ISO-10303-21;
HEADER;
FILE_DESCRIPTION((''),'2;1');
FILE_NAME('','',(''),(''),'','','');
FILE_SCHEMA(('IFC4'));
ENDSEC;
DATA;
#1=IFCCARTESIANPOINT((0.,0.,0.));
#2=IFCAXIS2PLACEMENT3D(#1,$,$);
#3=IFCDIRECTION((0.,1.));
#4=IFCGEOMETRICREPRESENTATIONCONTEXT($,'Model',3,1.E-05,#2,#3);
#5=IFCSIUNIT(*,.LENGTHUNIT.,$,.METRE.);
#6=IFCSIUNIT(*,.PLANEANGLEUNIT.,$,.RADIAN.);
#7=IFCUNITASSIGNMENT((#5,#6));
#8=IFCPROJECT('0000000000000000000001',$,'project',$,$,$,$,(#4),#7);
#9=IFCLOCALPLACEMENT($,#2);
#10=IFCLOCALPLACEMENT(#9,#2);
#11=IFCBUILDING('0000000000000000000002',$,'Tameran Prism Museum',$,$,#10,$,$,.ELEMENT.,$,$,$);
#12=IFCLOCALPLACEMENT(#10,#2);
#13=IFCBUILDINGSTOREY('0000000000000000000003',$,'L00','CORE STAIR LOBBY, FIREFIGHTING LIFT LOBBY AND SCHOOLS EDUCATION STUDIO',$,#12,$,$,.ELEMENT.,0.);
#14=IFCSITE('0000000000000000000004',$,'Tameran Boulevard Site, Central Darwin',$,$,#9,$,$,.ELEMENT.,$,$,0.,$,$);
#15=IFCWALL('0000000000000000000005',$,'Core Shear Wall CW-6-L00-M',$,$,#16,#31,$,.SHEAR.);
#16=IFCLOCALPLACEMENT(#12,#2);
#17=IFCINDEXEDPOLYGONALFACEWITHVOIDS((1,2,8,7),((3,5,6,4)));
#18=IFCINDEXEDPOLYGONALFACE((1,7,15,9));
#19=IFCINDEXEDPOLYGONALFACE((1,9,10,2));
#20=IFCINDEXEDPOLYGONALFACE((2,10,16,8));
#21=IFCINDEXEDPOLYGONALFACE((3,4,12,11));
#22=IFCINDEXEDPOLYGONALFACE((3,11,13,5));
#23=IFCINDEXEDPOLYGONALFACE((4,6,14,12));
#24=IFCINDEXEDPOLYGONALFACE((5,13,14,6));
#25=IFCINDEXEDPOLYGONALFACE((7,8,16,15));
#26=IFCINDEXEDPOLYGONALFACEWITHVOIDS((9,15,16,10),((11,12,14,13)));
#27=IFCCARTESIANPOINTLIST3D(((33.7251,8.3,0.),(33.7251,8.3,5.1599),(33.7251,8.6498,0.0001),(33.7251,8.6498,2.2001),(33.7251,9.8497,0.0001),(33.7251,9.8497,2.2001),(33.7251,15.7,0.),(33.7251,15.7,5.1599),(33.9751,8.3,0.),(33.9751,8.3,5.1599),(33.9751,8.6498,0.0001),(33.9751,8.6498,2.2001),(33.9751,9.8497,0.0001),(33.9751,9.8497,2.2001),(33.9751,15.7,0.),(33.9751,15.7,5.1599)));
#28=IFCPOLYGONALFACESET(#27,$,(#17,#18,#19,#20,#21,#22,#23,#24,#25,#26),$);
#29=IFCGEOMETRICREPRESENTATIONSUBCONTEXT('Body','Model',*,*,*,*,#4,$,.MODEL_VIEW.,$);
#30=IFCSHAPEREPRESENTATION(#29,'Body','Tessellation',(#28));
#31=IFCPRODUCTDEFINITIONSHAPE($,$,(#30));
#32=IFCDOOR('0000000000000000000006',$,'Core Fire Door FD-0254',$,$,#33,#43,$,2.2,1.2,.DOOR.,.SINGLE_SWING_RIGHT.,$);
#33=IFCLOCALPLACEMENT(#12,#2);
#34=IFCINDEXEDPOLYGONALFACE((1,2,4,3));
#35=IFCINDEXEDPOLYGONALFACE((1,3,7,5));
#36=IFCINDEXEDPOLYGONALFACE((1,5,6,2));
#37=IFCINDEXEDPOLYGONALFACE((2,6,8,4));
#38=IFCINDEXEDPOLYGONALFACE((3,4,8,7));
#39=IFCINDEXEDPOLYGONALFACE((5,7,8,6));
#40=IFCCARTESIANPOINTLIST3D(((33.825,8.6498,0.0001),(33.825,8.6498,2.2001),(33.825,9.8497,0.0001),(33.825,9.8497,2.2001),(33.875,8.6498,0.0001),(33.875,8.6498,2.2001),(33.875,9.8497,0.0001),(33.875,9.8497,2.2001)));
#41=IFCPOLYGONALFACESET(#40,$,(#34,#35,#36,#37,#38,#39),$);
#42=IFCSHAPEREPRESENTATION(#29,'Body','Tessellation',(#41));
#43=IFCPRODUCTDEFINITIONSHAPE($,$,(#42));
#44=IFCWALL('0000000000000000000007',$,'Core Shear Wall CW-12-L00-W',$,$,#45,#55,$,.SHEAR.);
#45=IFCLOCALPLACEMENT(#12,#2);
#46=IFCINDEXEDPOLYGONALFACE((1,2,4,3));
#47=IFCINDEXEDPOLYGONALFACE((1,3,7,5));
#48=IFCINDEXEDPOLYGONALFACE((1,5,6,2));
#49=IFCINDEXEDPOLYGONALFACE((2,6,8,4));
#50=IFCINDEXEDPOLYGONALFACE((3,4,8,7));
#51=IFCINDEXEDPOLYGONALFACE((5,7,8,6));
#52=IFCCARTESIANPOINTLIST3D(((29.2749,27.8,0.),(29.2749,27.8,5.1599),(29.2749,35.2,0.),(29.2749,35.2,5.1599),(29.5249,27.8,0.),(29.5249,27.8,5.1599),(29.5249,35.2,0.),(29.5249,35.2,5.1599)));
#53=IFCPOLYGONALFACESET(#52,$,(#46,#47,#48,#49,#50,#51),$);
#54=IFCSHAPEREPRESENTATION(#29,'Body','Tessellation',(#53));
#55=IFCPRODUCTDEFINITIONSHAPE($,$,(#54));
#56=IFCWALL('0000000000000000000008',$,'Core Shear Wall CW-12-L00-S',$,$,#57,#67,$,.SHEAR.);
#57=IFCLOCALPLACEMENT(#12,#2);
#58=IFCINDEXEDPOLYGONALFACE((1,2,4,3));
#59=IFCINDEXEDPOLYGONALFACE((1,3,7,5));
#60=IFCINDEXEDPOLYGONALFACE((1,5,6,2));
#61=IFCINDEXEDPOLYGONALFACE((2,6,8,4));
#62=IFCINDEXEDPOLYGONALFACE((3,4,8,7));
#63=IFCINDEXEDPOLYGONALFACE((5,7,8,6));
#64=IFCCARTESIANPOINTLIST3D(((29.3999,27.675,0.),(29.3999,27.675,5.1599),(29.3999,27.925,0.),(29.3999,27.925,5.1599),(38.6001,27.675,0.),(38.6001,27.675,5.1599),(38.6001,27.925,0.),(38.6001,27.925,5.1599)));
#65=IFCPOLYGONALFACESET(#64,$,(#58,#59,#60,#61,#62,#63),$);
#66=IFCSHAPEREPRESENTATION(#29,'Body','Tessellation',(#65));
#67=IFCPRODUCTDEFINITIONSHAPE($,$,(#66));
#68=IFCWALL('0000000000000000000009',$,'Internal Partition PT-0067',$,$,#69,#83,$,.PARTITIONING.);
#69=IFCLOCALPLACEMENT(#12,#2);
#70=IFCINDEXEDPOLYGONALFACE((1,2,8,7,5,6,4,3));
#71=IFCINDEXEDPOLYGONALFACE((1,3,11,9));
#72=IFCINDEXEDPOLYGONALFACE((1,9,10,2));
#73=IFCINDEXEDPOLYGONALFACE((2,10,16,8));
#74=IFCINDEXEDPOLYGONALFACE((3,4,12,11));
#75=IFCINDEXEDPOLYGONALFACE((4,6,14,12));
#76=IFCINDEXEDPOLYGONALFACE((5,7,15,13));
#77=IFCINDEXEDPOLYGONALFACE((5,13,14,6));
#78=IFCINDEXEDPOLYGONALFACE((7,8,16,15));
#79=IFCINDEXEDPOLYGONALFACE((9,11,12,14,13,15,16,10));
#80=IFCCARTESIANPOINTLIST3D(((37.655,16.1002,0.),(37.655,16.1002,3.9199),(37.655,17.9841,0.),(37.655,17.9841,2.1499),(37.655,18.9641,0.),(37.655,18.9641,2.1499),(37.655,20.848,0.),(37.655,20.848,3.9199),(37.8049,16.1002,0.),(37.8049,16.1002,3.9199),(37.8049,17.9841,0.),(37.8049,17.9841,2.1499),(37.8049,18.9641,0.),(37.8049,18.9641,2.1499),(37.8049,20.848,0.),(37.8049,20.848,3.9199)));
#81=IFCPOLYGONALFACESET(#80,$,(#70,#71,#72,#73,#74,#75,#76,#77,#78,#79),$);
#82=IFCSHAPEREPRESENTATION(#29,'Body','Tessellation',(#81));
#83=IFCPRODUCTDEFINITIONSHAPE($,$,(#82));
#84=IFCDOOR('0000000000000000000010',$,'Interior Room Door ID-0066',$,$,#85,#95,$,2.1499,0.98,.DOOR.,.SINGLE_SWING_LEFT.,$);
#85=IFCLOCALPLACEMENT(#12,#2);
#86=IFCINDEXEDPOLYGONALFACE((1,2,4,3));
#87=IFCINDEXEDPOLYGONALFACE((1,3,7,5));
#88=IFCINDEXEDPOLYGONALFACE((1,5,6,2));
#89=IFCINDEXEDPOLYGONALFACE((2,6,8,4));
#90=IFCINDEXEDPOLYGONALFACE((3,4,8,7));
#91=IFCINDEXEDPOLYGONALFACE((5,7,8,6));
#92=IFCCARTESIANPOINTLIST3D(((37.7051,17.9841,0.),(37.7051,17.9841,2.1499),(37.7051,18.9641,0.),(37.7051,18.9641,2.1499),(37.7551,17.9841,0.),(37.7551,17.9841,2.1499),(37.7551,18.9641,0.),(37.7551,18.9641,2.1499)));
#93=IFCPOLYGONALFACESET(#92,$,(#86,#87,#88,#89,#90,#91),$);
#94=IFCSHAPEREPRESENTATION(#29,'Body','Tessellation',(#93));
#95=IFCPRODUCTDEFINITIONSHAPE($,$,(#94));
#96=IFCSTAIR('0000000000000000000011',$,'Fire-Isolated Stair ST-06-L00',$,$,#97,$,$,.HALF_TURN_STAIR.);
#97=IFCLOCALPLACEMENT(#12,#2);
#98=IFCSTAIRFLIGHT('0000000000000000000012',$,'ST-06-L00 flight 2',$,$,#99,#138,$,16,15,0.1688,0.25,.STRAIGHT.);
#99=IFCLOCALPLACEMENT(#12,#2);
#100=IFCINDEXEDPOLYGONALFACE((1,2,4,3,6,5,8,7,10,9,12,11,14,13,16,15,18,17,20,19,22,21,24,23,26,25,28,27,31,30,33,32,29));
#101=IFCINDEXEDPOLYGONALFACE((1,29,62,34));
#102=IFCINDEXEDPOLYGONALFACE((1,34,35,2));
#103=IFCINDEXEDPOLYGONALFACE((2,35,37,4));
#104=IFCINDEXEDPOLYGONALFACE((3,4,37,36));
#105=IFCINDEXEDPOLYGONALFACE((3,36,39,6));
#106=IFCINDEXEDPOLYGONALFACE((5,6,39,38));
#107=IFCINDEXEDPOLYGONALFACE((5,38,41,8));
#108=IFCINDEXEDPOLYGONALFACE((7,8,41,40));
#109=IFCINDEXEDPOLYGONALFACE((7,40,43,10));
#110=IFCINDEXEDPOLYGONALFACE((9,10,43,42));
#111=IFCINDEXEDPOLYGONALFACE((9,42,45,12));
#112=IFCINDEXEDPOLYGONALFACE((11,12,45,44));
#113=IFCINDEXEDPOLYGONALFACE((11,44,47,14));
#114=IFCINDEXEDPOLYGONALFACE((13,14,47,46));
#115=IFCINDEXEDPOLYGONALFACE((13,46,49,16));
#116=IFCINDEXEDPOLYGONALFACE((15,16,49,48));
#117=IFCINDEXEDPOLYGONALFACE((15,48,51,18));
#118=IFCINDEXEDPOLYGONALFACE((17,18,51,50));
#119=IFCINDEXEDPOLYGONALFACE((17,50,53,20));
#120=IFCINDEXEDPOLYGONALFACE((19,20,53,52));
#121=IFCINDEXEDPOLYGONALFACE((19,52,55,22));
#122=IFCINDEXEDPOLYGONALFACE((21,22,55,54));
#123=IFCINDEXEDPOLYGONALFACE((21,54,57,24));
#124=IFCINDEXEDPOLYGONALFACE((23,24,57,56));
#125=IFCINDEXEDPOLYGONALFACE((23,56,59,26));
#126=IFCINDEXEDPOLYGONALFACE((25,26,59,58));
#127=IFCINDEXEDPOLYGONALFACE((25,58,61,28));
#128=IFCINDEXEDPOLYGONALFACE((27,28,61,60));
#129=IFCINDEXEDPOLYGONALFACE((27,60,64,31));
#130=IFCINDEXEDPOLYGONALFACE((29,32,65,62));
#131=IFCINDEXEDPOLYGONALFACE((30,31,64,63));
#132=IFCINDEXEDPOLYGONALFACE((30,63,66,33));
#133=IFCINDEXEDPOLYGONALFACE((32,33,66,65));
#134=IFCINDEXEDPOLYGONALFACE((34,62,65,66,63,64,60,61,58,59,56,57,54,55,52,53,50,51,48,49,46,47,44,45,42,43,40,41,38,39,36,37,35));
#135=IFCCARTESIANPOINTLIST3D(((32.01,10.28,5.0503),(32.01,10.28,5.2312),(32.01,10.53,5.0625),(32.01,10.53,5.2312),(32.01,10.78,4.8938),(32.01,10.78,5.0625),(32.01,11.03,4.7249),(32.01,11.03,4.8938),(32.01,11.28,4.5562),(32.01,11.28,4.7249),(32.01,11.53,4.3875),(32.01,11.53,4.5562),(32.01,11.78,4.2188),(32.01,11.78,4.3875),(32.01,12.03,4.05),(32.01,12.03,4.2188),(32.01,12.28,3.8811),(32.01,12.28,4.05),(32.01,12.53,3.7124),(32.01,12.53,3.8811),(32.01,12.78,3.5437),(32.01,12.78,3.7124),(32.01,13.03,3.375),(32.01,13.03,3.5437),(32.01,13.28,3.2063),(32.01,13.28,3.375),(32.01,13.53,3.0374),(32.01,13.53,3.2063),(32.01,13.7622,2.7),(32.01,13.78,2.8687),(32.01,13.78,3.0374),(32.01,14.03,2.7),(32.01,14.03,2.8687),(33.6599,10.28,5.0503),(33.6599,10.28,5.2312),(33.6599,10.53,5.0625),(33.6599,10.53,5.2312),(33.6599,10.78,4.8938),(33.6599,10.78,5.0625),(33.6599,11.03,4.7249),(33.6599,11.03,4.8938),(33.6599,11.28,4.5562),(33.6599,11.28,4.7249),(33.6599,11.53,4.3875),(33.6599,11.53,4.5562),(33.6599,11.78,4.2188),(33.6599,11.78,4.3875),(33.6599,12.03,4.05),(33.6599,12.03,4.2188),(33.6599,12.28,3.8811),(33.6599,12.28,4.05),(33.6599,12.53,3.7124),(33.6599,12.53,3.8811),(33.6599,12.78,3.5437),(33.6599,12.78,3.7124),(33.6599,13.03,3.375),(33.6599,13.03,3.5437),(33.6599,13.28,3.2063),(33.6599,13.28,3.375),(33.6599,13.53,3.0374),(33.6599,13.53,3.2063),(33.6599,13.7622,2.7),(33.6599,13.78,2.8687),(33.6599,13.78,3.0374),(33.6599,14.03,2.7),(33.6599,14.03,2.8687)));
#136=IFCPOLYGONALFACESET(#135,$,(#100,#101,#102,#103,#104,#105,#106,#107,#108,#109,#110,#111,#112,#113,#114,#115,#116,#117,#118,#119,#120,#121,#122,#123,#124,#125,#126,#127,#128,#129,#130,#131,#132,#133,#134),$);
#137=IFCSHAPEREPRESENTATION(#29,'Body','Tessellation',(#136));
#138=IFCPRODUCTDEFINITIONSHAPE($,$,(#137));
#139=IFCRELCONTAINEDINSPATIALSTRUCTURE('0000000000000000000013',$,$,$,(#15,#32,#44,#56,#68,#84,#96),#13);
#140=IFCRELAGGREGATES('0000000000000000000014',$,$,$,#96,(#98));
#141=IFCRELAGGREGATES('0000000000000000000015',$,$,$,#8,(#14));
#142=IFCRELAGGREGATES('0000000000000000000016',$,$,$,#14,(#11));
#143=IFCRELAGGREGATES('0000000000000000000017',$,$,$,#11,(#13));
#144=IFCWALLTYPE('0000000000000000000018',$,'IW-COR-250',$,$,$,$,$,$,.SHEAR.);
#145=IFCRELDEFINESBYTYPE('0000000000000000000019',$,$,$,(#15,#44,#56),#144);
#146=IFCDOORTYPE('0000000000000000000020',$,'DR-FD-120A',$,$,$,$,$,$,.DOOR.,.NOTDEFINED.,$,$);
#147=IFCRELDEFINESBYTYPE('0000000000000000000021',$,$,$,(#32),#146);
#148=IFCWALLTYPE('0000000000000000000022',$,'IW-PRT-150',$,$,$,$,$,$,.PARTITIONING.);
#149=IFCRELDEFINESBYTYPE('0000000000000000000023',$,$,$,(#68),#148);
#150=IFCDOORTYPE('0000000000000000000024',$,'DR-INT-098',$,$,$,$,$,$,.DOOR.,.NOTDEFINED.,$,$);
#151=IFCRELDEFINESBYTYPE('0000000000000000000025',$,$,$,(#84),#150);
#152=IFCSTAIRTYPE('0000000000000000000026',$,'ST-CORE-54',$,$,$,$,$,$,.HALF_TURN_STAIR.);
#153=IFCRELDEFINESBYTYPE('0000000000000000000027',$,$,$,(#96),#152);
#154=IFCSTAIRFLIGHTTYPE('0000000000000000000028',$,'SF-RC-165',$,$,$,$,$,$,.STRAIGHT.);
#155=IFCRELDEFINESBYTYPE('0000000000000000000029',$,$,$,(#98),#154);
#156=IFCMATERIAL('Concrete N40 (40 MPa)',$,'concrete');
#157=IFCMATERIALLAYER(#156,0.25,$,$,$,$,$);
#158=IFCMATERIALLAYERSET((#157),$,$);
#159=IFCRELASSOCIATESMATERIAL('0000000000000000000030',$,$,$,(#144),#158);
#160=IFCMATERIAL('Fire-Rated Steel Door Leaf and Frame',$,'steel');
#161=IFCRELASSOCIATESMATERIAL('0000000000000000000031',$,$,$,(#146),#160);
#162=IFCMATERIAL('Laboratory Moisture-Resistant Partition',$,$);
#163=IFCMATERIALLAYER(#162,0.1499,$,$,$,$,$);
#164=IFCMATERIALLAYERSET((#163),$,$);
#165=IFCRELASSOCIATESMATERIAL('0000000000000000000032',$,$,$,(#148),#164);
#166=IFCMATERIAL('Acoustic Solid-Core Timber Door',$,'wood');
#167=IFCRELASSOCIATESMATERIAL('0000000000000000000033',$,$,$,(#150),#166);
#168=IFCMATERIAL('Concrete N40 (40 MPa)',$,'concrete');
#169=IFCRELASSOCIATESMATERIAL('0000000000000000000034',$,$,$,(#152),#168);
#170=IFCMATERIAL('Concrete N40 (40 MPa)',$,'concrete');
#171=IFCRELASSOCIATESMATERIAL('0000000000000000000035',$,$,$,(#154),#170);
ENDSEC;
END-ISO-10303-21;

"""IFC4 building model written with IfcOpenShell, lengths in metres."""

from ifc_helpers import new_model, si_unit, direction, frame, frame_2d, origin, place, context, subcontext, project, spatial, polyline, rectangle, outline, extrude, material, layer, layer_set, type_object, element, fill, aggregate, save


model = new_model("IFC4")

# Units and contexts
model_context = context("Model", 3, precision=1e-05, world=origin(), true_north=direction((0.0, 1.0)))
body_context = subcontext(model_context, "Body", "Model", "MODEL_VIEW")
ifc_project = project(units=[si_unit("LENGTHUNIT", "METRE"), si_unit("PLANEANGLEUNIT", "RADIAN")], contexts=[model_context])

# Site, building, storey
site_placement = place(None, origin())
site = spatial("IfcSite", under=ifc_project, at=site_placement, Name="Tameran Boulevard Site, Central Darwin", CompositionType="ELEMENT", RefElevation=0.0)
building_placement = place(site_placement, origin())
building = spatial("IfcBuilding", under=site, at=building_placement, Name="Tameran Prism Museum", CompositionType="ELEMENT")
storey_placement = place(building_placement, origin())
storey = spatial("IfcBuildingStorey", under=building, at=storey_placement, Name="L00", Description="CORE STAIR LOBBY, FIREFIGHTING LIFT LOBBY AND SCHOOLS EDUCATION STUDIO", CompositionType="ELEMENT", Elevation=0.0)

# Wall, opening, door
ifc_material_1 = material(Name="Concrete N40 (40 MPa)", Category="concrete")
ifc_layer_1 = layer(ifc_material_1, 0.25)
ifc_layer_set_1 = layer_set([ifc_layer_1])
wall_type_1 = type_object("IfcWallType", Name="IW-COR-250", PredefinedType="SHEAR", material=ifc_layer_set_1)
ifc_material_2 = material(Name="Fire-Rated Steel Door Leaf and Frame", Category="steel")
door_type_1 = type_object("IfcDoorType", Name="DR-FD-120A", OperationType="NOTDEFINED", PredefinedType="DOOR", material=ifc_material_2)
wall_1_placement = place(storey_placement, frame((33.8501, 15.7, 0.0), z_axis=(0.0, 0.0, 1.0), x_axis=(0.0, -1.0, 0.0)))
wall_1 = element("IfcWall", 1, at=wall_1_placement, inside=storey, type_object=wall_type_1, Name="Core Shear Wall CW-6-L00-M", PredefinedType="SHEAR", context=body_context, shape_type="SweptSolid", body=[
    extrude(rectangle(XDim=7.3999, YDim=0.25, at=frame_2d((3.7, 0.0))), origin(), (0.0, 0.0, 1.0), 5.1599),
])
opening_1_placement = place(wall_1_placement, frame((5.8501, 0.0, 0.0)))
opening_1 = element("IfcOpeningElement", 2, at=opening_1_placement, cuts=wall_1, PredefinedType="OPENING", context=body_context, shape_type="SweptSolid", body=[
    extrude(rectangle(XDim=1.2, YDim=2.2, at=frame_2d((0.6001, 1.1001))), frame((0.0, 0.135, 0.0), z_axis=(0.0, -1.0, 0.0), x_axis=(1.0, 0.0, 0.0)), (0.0, 0.0, 1.0), 0.27),
])
door_1_placement = place(opening_1_placement, origin())
door_1 = element("IfcDoor", 3, at=door_1_placement, inside=storey, type_object=door_type_1, Name="Core Fire Door FD-0254", OperationType="SINGLE_SWING_RIGHT", OverallHeight=2.2, OverallWidth=1.2, PredefinedType="DOOR", context=body_context, shape_type="SweptSolid", body=[
    extrude(rectangle(XDim=1.2, YDim=2.2, at=frame_2d((0.6001, 1.1001))), frame((0.0, 0.0249, 0.0), z_axis=(0.0, -1.0, 0.0), x_axis=(1.0, 0.0, 0.0)), (0.0, 0.0, 1.0), 0.05),
])
fill(opening_1, door_1)

# Walls
wall_2_placement = place(storey_placement, frame((29.3999, 27.8, 0.0), z_axis=(0.0, 0.0, 1.0), x_axis=(0.0, 1.0, 0.0)))
element("IfcWall", 4, at=wall_2_placement, inside=storey, type_object=wall_type_1, Name="Core Shear Wall CW-12-L00-W", PredefinedType="SHEAR", context=body_context, shape_type="SweptSolid", body=[
    extrude(rectangle(XDim=7.3999, YDim=0.25, at=frame_2d((3.7, 0.0))), origin(), (0.0, 0.0, 1.0), 5.1599),
])
wall_3_placement = place(storey_placement, frame((38.6001, 27.8, 0.0), z_axis=(0.0, 0.0, 1.0), x_axis=(-1.0, 0.0, 0.0)))
element("IfcWall", 5, at=wall_3_placement, inside=storey, type_object=wall_type_1, Name="Core Shear Wall CW-12-L00-S", PredefinedType="SHEAR", context=body_context, shape_type="SweptSolid", body=[
    extrude(rectangle(XDim=9.2002, YDim=0.25, at=frame_2d((4.6001, 0.0))), origin(), (0.0, 0.0, 1.0), 5.1599),
])

# Wall, opening, door
ifc_material_3 = material(Name="Laboratory Moisture-Resistant Partition")
ifc_layer_2 = layer(ifc_material_3, 0.1499)
ifc_layer_set_2 = layer_set([ifc_layer_2])
wall_type_2 = type_object("IfcWallType", Name="IW-PRT-150", PredefinedType="PARTITIONING", material=ifc_layer_set_2)
wall_4_placement = place(storey_placement, frame((37.73, 16.1001, 0.0), z_axis=(0.0, 0.0, 1.0), x_axis=(0.0, 1.0, 0.0)))
wall_4 = element("IfcWall", 6, at=wall_4_placement, inside=storey, type_object=wall_type_2, Name="Internal Partition PT-0067", PredefinedType="PARTITIONING", context=body_context, shape_type="SweptSolid", body=[
    extrude(rectangle(XDim=4.7478, YDim=0.1499, at=frame_2d((2.374, 0.0))), origin(), (0.0, 0.0, 1.0), 3.9199),
])
opening_2_placement = place(wall_4_placement, frame((1.884, 0.0, 0.0)))
opening_2 = element("IfcOpeningElement", 7, at=opening_2_placement, cuts=wall_4, PredefinedType="OPENING", context=body_context, shape_type="SweptSolid", body=[
    extrude(rectangle(XDim=0.98, YDim=2.1499, at=frame_2d((0.49, 1.075))), frame((0.0, 0.085, 0.0), z_axis=(0.0, -1.0, 0.0), x_axis=(1.0, 0.0, 0.0)), (0.0, 0.0, 1.0), 0.1699),
])
ifc_material_4 = material(Name="Acoustic Solid-Core Timber Door", Category="wood")
door_type_2 = type_object("IfcDoorType", Name="DR-INT-098", OperationType="NOTDEFINED", PredefinedType="DOOR", material=ifc_material_4)
door_2_placement = place(opening_2_placement, origin())
door_2 = element("IfcDoor", 8, at=door_2_placement, inside=storey, type_object=door_type_2, Name="Interior Room Door ID-0066", OperationType="SINGLE_SWING_LEFT", OverallHeight=2.1499, OverallWidth=0.98, PredefinedType="DOOR", context=body_context, shape_type="SweptSolid", body=[
    extrude(rectangle(XDim=0.98, YDim=2.1499, at=frame_2d((0.49, 1.075))), frame((0.0, 0.0249, 0.0), z_axis=(0.0, -1.0, 0.0), x_axis=(1.0, 0.0, 0.0)), (0.0, 0.0, 1.0), 0.05),
])
fill(opening_2, door_2)

# Stair, stair flight
ifc_material_5 = material(Name="Concrete N40 (40 MPa)", Category="concrete")
stair_type = type_object("IfcStairType", Name="ST-CORE-54", PredefinedType="HALF_TURN_STAIR", material=ifc_material_5)
stair_1_placement = place(storey_placement, origin())
stair_1 = element("IfcStair", 9, at=stair_1_placement, inside=storey, type_object=stair_type, Name="Fire-Isolated Stair ST-06-L00", PredefinedType="HALF_TURN_STAIR")
ifc_material_6 = material(Name="Concrete N40 (40 MPa)", Category="concrete")
stair_flight_type = type_object("IfcStairFlightType", Name="SF-RC-165", PredefinedType="STRAIGHT", material=ifc_material_6)
stair_flight_1_placement = place(storey_placement, frame((32.835, 14.03, 2.7), z_axis=(0.0, 0.0, 1.0), x_axis=(0.0, -1.0, 0.0)))
stair_flight_1 = element("IfcStairFlight", 10, at=stair_flight_1_placement, type_object=stair_flight_type, Name="ST-06-L00 flight 2", NumberOfRisers=16, NumberOfTreads=15, PredefinedType="STRAIGHT", RiserHeight=0.1688, TreadLength=0.25, context=body_context, shape_type="SweptSolid", body=[
    extrude(outline(polyline([(0.0, 0.0), (0.0, 0.1687), (0.25, 0.1687), (0.25, 0.3374), (0.5, 0.3374), (0.5, 0.5063), (0.75, 0.5063), (0.75, 0.675), (1.0, 0.675), (1.0, 0.8438), (1.25, 0.8438), (1.25, 1.0125), (1.5, 1.0125), (1.5, 1.1812), (1.75, 1.1812), (1.75, 1.3501), (2.0, 1.3501), (2.0, 1.5188), (2.25, 1.5188), (2.25, 1.6875), (2.5, 1.6875), (2.5, 1.8562), (2.75, 1.8562), (2.75, 2.0249), (3.0, 2.0249), (3.0, 2.1938), (3.25, 2.1938), (3.25, 2.3625), (3.5, 2.3625), (3.5, 2.5312), (3.75, 2.5312), (3.75, 2.7), (3.75, 2.3503), (0.2678, 0.0), (0.0, 0.0)])), frame((0.0, 0.825, 0.0), z_axis=(0.0, -1.0, 0.0), x_axis=(1.0, 0.0, 0.0)), (0.0, 0.0, 1.0), 1.6499),
])
aggregate(stair_1, [stair_flight_1])

save(model, "model.ifc")
